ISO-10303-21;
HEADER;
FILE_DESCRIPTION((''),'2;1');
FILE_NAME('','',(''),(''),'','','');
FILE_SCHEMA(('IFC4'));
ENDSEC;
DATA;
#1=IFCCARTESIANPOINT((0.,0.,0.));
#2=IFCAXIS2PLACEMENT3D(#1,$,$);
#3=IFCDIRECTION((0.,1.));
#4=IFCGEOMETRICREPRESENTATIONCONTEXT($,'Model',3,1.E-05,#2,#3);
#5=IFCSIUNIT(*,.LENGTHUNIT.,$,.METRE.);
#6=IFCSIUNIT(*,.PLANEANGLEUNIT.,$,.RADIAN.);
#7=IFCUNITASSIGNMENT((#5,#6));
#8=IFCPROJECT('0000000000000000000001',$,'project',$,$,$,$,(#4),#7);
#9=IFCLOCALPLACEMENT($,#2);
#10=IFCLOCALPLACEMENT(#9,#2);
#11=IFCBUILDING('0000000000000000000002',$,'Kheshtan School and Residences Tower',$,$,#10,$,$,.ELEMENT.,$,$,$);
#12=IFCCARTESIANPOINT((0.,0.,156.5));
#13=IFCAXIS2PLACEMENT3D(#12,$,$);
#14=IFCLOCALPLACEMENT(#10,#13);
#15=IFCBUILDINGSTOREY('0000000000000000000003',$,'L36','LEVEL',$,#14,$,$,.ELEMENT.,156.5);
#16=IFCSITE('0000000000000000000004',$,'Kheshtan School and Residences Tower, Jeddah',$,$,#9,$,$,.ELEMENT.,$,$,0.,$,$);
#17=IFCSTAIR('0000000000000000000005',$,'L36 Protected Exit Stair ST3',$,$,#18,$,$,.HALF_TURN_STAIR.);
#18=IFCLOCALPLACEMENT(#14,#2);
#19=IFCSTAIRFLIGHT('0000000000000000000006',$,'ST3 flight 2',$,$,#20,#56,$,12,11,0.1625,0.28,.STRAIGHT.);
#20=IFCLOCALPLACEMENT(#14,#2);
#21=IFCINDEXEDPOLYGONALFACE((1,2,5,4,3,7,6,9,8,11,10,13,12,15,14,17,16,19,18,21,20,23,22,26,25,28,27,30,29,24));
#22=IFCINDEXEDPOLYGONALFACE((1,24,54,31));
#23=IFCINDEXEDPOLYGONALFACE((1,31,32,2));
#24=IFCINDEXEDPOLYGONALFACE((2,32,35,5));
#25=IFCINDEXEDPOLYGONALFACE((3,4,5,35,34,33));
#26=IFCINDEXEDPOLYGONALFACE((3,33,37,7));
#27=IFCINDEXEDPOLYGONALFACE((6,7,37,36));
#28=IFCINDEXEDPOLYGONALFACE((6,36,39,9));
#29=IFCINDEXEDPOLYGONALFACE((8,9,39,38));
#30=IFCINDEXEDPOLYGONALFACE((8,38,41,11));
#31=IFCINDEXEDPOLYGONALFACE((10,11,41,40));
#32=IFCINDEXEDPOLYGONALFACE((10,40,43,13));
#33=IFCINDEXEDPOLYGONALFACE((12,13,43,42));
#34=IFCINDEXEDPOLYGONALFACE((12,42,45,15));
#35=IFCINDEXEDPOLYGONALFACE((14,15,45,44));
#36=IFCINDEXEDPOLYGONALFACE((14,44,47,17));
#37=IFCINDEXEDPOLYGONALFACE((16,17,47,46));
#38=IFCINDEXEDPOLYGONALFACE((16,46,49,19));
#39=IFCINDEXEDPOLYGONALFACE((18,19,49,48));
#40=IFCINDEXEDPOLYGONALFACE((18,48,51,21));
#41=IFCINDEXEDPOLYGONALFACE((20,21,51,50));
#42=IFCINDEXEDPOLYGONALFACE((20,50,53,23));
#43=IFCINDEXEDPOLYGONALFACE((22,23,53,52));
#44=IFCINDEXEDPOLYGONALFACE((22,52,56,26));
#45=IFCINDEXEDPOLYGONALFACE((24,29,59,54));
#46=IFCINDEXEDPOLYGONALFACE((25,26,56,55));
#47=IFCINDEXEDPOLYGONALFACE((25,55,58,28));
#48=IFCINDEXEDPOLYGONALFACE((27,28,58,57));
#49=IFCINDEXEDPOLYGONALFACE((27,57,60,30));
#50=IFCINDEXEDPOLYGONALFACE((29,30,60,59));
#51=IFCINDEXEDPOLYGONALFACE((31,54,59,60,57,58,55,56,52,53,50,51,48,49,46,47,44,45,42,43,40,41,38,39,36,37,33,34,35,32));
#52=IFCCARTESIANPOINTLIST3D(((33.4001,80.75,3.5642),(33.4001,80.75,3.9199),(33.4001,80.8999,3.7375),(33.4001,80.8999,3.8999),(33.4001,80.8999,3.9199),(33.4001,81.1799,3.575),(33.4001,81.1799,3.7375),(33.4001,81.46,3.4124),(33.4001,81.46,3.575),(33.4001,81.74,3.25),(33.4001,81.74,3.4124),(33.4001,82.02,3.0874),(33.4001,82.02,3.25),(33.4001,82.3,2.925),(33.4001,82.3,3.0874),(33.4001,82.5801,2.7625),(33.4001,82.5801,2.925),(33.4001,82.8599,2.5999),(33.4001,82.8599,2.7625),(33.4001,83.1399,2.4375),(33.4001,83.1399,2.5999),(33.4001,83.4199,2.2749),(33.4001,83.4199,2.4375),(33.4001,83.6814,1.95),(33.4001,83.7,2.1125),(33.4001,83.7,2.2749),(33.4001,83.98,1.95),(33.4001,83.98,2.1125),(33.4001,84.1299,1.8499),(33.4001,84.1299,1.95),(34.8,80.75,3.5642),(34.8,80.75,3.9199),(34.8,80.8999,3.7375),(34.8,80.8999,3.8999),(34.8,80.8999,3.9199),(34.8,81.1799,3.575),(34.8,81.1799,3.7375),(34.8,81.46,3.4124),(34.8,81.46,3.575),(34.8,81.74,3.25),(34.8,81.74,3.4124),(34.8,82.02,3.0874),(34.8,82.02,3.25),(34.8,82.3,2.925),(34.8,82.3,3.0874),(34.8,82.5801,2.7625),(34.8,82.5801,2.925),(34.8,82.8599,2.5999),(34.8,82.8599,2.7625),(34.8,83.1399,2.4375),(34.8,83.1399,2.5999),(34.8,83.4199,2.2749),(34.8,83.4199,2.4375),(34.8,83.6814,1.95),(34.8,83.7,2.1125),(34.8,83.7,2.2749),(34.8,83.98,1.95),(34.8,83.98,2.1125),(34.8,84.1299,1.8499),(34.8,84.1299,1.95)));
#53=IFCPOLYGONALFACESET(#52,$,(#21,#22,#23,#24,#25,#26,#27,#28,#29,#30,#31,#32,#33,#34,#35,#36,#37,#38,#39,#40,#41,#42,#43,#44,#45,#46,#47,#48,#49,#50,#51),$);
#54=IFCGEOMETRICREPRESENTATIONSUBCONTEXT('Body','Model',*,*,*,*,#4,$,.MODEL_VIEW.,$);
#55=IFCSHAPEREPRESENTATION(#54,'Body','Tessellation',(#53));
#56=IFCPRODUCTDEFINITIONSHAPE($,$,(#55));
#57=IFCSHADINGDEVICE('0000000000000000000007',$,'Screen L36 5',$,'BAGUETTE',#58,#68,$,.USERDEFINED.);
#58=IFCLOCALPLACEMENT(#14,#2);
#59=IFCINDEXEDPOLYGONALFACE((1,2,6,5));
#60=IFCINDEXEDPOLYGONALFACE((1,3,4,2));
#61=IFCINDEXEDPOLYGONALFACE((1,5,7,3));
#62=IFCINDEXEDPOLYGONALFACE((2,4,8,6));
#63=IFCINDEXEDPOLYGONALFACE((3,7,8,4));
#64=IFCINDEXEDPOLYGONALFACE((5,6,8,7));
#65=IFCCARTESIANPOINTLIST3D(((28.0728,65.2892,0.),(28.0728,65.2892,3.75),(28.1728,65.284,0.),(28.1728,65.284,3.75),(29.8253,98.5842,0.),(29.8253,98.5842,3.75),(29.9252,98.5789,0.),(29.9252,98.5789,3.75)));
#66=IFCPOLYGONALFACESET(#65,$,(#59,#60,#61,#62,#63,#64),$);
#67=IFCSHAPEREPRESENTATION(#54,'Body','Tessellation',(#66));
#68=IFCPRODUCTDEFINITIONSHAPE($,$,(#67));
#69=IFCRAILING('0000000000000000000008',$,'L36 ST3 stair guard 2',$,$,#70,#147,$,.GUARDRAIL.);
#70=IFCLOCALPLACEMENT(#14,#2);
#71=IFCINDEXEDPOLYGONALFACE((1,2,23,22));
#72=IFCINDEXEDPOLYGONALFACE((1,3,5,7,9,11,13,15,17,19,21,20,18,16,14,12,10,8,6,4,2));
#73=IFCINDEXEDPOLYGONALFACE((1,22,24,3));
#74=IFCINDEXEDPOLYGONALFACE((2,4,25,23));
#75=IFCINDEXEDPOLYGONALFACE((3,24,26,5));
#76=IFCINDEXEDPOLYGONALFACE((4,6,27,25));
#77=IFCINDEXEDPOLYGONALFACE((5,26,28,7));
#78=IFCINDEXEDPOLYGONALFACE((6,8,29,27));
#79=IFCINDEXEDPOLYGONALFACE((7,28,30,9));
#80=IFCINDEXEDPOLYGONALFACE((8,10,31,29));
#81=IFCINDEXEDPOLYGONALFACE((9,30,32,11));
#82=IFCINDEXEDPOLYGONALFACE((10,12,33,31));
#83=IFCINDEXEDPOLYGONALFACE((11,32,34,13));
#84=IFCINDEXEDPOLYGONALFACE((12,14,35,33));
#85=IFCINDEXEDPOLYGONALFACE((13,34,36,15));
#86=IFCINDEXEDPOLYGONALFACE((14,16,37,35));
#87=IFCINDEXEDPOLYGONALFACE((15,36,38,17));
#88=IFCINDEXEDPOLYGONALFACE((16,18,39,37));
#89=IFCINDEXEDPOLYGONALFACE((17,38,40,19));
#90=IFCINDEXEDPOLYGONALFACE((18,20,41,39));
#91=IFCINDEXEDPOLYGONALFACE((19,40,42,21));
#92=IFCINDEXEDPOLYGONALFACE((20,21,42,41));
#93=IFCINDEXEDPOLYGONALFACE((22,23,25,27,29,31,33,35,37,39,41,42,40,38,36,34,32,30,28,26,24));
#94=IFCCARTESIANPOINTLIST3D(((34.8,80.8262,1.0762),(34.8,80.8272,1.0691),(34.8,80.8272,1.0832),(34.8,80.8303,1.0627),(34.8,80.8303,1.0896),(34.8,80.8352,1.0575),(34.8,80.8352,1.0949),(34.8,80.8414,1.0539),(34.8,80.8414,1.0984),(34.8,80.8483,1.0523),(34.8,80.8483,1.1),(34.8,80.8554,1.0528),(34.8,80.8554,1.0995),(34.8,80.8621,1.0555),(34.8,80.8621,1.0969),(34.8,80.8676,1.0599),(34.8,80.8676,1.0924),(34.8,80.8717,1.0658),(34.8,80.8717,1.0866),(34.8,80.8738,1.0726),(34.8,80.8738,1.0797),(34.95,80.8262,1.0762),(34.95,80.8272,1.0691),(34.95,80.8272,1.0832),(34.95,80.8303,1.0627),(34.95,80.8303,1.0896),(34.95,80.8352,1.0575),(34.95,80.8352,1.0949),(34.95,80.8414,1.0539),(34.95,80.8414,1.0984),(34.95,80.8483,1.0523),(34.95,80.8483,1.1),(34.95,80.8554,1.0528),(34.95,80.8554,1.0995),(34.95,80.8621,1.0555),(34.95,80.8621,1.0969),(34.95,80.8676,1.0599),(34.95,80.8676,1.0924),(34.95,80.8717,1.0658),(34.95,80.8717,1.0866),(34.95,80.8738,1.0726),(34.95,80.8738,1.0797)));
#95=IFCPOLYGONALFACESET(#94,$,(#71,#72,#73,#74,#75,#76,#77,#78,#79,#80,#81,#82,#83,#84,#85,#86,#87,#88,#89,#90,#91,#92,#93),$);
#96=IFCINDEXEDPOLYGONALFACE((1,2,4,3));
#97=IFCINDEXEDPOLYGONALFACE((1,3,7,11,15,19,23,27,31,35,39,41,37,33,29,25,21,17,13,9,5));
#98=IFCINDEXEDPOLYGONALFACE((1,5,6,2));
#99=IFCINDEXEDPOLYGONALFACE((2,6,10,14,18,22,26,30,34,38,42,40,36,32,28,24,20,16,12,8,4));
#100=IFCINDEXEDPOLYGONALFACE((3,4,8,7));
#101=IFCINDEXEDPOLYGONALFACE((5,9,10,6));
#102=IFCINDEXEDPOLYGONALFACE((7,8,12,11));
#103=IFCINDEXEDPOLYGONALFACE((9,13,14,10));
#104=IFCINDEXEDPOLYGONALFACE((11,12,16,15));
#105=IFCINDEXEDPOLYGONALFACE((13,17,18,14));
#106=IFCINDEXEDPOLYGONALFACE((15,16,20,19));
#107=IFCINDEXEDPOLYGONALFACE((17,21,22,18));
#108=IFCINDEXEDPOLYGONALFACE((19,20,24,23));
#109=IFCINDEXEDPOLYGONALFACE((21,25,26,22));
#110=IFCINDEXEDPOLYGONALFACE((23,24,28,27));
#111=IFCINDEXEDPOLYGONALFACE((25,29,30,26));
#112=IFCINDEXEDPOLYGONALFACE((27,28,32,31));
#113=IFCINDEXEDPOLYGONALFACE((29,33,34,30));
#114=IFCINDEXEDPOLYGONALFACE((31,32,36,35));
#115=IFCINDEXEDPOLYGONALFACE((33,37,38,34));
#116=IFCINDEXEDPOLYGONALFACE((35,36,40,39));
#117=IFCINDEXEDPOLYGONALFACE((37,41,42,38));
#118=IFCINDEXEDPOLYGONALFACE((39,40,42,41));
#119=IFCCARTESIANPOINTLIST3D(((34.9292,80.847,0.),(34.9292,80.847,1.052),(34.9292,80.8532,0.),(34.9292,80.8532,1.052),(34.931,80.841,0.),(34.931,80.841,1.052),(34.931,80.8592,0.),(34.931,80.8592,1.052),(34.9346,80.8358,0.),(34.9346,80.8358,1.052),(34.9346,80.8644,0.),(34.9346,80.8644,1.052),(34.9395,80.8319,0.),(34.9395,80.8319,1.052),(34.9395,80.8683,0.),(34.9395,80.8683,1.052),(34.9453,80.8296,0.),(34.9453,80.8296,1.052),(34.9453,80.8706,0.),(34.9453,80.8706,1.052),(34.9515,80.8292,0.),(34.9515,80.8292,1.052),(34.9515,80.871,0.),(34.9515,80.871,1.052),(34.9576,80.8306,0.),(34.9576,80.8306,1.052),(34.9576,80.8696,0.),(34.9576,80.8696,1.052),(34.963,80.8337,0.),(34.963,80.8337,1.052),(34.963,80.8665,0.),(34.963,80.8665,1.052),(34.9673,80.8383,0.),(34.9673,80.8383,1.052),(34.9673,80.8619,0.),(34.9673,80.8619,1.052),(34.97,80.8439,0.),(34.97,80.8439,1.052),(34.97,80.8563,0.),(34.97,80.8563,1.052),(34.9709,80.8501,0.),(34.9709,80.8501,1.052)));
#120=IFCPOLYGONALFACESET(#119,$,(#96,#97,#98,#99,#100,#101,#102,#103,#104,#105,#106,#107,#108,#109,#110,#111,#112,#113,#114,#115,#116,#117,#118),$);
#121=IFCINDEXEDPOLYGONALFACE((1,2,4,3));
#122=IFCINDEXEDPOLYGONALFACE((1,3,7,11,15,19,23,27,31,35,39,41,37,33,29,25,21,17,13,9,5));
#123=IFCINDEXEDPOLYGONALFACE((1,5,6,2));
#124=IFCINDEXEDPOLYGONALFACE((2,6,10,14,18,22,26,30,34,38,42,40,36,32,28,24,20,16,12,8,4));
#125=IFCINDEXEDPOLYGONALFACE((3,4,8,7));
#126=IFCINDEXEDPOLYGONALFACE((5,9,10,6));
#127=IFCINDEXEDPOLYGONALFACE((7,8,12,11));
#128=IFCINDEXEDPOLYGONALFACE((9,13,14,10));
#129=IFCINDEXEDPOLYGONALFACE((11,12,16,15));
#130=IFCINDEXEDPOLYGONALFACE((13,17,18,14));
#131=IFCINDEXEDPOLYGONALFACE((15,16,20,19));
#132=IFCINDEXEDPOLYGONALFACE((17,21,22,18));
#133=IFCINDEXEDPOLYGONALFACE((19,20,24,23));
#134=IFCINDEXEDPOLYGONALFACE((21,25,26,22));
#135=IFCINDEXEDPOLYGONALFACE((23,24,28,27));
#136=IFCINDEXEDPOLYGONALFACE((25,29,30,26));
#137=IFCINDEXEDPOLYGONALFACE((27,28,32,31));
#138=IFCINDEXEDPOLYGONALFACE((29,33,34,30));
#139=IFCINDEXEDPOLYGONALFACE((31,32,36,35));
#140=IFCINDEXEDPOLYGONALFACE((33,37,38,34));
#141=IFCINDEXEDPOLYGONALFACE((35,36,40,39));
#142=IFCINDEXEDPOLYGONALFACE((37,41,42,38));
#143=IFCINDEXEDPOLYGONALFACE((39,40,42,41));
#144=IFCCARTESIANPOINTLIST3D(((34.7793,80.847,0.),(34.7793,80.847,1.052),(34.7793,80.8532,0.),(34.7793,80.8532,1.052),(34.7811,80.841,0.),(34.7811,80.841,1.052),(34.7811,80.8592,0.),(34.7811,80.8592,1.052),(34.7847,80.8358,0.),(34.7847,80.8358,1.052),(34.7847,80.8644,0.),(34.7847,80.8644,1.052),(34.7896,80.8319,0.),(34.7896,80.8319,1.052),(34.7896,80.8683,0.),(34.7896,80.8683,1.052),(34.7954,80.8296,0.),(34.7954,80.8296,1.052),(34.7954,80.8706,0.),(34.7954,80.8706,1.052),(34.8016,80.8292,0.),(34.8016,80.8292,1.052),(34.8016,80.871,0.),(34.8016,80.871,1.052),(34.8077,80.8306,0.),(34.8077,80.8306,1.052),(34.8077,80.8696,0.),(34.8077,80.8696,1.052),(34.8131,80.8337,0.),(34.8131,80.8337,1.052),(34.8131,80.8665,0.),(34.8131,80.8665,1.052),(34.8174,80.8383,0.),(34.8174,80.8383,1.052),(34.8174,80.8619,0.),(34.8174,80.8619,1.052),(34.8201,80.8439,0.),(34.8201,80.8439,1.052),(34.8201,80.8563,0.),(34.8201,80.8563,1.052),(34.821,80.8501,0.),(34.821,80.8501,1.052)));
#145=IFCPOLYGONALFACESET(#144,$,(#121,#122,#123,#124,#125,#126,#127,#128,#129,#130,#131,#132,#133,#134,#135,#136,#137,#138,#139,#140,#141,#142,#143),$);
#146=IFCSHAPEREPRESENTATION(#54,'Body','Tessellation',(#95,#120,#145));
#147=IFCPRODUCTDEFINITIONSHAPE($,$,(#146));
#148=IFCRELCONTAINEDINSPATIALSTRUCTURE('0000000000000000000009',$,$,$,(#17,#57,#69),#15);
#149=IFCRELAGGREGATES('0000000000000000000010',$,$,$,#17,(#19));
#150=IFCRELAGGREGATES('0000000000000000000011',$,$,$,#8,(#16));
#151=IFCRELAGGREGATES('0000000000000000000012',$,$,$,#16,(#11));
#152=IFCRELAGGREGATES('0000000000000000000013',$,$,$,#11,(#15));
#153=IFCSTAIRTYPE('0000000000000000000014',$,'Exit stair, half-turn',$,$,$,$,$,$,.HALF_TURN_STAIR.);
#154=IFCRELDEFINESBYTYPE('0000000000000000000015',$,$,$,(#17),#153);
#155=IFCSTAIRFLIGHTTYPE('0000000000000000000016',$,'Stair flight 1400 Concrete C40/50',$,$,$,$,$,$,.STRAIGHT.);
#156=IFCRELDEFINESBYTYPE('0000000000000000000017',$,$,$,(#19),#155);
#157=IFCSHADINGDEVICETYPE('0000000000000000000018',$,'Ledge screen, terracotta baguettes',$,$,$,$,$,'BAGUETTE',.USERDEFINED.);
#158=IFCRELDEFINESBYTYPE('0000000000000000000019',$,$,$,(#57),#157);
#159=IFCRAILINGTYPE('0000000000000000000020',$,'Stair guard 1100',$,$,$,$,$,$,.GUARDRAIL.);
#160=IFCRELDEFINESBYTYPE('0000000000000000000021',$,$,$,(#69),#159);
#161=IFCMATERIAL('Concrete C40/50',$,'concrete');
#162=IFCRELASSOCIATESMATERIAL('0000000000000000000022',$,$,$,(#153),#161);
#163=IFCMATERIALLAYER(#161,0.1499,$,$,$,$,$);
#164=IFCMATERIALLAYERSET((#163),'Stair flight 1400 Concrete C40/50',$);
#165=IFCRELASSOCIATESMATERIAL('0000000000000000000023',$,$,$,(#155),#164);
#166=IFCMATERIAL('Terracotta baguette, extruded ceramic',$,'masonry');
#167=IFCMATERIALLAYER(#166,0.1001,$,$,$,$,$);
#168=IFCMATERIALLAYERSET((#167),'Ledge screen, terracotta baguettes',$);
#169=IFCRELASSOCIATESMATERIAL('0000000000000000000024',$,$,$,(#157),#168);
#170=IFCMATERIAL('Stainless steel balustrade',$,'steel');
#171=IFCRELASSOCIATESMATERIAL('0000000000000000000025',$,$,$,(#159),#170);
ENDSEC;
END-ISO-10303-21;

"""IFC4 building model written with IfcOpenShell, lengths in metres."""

from ifc_helpers import new_model, si_unit, direction, frame, origin, origin_2d, place, context, subcontext, project, spatial, polyline, rectangle, circle, outline, extrude, material, layer, layer_set, type_object, element, aggregate, save


model = new_model("IFC4")

# Units and contexts
model_context = context("Model", 3, precision=1e-05, world=origin(), true_north=direction((0.0, 1.0)))
body_context = subcontext(model_context, "Body", "Model", "MODEL_VIEW")
ifc_project = project(units=[si_unit("LENGTHUNIT", "METRE"), si_unit("PLANEANGLEUNIT", "RADIAN")], contexts=[model_context])

# Site, building, storey
site_placement = place(None, origin())
site = spatial("IfcSite", under=ifc_project, at=site_placement, Name="Kheshtan School and Residences Tower, Jeddah", CompositionType="ELEMENT", RefElevation=0.0)
building_placement = place(site_placement, origin())
building = spatial("IfcBuilding", under=site, at=building_placement, Name="Kheshtan School and Residences Tower", CompositionType="ELEMENT")
storey_placement = place(building_placement, frame((0.0, 0.0, 156.5)))
storey = spatial("IfcBuildingStorey", under=building, at=storey_placement, Name="L36", Description="LEVEL", CompositionType="ELEMENT", Elevation=156.5)

# Shared definitions
ifc_material_1 = material(Name="Concrete C40/50", Category="concrete")

# Stair, stair flight
stair_type = type_object("IfcStairType", Name="Exit stair, half-turn", PredefinedType="HALF_TURN_STAIR", material=ifc_material_1)
stair_placement = place(storey_placement, origin())
stair = element("IfcStair", 1, at=stair_placement, inside=storey, type_object=stair_type, Name="L36 Protected Exit Stair ST3", PredefinedType="HALF_TURN_STAIR")
ifc_layer_1 = layer(ifc_material_1, 0.1499)
ifc_layer_set_1 = layer_set([ifc_layer_1], Name="Stair flight 1400 Concrete C40/50")
stair_flight_type = type_object("IfcStairFlightType", Name="Stair flight 1400 Concrete C40/50", PredefinedType="STRAIGHT", material=ifc_layer_set_1)
stair_flight_1_placement = place(storey_placement, frame((34.1001, 83.98, 1.95), z_axis=(0.0, 0.0, 1.0), x_axis=(0.0, -1.0, 0.0)))
stair_flight_1 = element("IfcStairFlight", 2, at=stair_flight_1_placement, type_object=stair_flight_type, Name="ST3 flight 2", NumberOfRisers=12, NumberOfTreads=11, PredefinedType="STRAIGHT", RiserHeight=0.1625, TreadLength=0.28, context=body_context, shape_type="SweptSolid", body=[
    extrude(outline(polyline([(-0.1499, -0.1001), (-0.1499, 0.0), (0.0, 0.0), (0.0, 0.1626), (0.28, 0.1626), (0.28, 0.325), (0.5601, 0.325), (0.5601, 0.4875), (0.8401, 0.4875), (0.8401, 0.6499), (1.1201, 0.6499), (1.1201, 0.8125), (1.3999, 0.8125), (1.3999, 0.9751), (1.6799, 0.9751), (1.6799, 1.1375), (1.96, 1.1375), (1.96, 1.3), (2.24, 1.3), (2.24, 1.4624), (2.52, 1.4624), (2.52, 1.625), (2.8, 1.625), (2.8, 1.7876), (3.0801, 1.7876), (3.0801, 1.95), (3.0801, 1.97), (3.23, 1.97), (3.23, 1.6143), (0.2986, 0.0), (-0.1499, -0.1001)])), frame((0.0, 0.7, 0.0), z_axis=(0.0, -1.0, 0.0), x_axis=(1.0, 0.0, 0.0)), (0.0, 0.0, 1.0), 1.3999),
])
aggregate(stair, [stair_flight_1])

# Shading device
ifc_material_2 = material(Name="Terracotta baguette, extruded ceramic", Category="masonry")
ifc_layer_2 = layer(ifc_material_2, 0.1001)
ifc_layer_set_2 = layer_set([ifc_layer_2], Name="Ledge screen, terracotta baguettes")
shading_device_type = type_object("IfcShadingDeviceType", Name="Ledge screen, terracotta baguettes", ElementType="BAGUETTE", PredefinedType="USERDEFINED", material=ifc_layer_set_2)
shading_device_placement = place(storey_placement, frame((28.999, 81.9341, 0.0), z_axis=(0.0, 0.0, 1.0), x_axis=(0.052563, 0.998618, 0.0)))
element("IfcShadingDevice", 3, at=shading_device_placement, inside=storey, type_object=shading_device_type, Name="Screen L36 5", ObjectType="BAGUETTE", PredefinedType="USERDEFINED", context=body_context, shape_type="SweptSolid", body=[
    extrude(rectangle(XDim=33.3411, YDim=0.1001, at=origin_2d()), origin(), (0.0, 0.0, 1.0), 3.75),
])

# Railing
ifc_material_3 = material(Name="Stainless steel balustrade", Category="steel")
railing_type_1 = type_object("IfcRailingType", Name="Stair guard 1100", PredefinedType="GUARDRAIL", material=ifc_material_3)
railing_1_placement = place(storey_placement, frame((34.95, 80.8501, 0.0)))
element("IfcRailing", 4, at=railing_1_placement, inside=storey, type_object=railing_type_1, Name="L36 ST3 stair guard 2", PredefinedType="GUARDRAIL", context=body_context, shape_type="SweptSolid", body=[
    extrude(circle(Radius=0.0239, at=origin_2d()), frame((0.0, 0.0, 1.0762), z_axis=(-1.0, 0.0, 0.0), x_axis=(0.0, -1.0, 0.0)), (0.0, 0.0, 1.0), 0.1499),
    extrude(circle(Radius=0.021, at=origin_2d()), origin(), (0.0, 0.0, 1.0), 1.052),
    extrude(circle(Radius=0.021, at=origin_2d()), frame((-0.1499, 0.0, 0.0)), (0.0, 0.0, 1.0), 1.052),
])

save(model, "model.ifc")
